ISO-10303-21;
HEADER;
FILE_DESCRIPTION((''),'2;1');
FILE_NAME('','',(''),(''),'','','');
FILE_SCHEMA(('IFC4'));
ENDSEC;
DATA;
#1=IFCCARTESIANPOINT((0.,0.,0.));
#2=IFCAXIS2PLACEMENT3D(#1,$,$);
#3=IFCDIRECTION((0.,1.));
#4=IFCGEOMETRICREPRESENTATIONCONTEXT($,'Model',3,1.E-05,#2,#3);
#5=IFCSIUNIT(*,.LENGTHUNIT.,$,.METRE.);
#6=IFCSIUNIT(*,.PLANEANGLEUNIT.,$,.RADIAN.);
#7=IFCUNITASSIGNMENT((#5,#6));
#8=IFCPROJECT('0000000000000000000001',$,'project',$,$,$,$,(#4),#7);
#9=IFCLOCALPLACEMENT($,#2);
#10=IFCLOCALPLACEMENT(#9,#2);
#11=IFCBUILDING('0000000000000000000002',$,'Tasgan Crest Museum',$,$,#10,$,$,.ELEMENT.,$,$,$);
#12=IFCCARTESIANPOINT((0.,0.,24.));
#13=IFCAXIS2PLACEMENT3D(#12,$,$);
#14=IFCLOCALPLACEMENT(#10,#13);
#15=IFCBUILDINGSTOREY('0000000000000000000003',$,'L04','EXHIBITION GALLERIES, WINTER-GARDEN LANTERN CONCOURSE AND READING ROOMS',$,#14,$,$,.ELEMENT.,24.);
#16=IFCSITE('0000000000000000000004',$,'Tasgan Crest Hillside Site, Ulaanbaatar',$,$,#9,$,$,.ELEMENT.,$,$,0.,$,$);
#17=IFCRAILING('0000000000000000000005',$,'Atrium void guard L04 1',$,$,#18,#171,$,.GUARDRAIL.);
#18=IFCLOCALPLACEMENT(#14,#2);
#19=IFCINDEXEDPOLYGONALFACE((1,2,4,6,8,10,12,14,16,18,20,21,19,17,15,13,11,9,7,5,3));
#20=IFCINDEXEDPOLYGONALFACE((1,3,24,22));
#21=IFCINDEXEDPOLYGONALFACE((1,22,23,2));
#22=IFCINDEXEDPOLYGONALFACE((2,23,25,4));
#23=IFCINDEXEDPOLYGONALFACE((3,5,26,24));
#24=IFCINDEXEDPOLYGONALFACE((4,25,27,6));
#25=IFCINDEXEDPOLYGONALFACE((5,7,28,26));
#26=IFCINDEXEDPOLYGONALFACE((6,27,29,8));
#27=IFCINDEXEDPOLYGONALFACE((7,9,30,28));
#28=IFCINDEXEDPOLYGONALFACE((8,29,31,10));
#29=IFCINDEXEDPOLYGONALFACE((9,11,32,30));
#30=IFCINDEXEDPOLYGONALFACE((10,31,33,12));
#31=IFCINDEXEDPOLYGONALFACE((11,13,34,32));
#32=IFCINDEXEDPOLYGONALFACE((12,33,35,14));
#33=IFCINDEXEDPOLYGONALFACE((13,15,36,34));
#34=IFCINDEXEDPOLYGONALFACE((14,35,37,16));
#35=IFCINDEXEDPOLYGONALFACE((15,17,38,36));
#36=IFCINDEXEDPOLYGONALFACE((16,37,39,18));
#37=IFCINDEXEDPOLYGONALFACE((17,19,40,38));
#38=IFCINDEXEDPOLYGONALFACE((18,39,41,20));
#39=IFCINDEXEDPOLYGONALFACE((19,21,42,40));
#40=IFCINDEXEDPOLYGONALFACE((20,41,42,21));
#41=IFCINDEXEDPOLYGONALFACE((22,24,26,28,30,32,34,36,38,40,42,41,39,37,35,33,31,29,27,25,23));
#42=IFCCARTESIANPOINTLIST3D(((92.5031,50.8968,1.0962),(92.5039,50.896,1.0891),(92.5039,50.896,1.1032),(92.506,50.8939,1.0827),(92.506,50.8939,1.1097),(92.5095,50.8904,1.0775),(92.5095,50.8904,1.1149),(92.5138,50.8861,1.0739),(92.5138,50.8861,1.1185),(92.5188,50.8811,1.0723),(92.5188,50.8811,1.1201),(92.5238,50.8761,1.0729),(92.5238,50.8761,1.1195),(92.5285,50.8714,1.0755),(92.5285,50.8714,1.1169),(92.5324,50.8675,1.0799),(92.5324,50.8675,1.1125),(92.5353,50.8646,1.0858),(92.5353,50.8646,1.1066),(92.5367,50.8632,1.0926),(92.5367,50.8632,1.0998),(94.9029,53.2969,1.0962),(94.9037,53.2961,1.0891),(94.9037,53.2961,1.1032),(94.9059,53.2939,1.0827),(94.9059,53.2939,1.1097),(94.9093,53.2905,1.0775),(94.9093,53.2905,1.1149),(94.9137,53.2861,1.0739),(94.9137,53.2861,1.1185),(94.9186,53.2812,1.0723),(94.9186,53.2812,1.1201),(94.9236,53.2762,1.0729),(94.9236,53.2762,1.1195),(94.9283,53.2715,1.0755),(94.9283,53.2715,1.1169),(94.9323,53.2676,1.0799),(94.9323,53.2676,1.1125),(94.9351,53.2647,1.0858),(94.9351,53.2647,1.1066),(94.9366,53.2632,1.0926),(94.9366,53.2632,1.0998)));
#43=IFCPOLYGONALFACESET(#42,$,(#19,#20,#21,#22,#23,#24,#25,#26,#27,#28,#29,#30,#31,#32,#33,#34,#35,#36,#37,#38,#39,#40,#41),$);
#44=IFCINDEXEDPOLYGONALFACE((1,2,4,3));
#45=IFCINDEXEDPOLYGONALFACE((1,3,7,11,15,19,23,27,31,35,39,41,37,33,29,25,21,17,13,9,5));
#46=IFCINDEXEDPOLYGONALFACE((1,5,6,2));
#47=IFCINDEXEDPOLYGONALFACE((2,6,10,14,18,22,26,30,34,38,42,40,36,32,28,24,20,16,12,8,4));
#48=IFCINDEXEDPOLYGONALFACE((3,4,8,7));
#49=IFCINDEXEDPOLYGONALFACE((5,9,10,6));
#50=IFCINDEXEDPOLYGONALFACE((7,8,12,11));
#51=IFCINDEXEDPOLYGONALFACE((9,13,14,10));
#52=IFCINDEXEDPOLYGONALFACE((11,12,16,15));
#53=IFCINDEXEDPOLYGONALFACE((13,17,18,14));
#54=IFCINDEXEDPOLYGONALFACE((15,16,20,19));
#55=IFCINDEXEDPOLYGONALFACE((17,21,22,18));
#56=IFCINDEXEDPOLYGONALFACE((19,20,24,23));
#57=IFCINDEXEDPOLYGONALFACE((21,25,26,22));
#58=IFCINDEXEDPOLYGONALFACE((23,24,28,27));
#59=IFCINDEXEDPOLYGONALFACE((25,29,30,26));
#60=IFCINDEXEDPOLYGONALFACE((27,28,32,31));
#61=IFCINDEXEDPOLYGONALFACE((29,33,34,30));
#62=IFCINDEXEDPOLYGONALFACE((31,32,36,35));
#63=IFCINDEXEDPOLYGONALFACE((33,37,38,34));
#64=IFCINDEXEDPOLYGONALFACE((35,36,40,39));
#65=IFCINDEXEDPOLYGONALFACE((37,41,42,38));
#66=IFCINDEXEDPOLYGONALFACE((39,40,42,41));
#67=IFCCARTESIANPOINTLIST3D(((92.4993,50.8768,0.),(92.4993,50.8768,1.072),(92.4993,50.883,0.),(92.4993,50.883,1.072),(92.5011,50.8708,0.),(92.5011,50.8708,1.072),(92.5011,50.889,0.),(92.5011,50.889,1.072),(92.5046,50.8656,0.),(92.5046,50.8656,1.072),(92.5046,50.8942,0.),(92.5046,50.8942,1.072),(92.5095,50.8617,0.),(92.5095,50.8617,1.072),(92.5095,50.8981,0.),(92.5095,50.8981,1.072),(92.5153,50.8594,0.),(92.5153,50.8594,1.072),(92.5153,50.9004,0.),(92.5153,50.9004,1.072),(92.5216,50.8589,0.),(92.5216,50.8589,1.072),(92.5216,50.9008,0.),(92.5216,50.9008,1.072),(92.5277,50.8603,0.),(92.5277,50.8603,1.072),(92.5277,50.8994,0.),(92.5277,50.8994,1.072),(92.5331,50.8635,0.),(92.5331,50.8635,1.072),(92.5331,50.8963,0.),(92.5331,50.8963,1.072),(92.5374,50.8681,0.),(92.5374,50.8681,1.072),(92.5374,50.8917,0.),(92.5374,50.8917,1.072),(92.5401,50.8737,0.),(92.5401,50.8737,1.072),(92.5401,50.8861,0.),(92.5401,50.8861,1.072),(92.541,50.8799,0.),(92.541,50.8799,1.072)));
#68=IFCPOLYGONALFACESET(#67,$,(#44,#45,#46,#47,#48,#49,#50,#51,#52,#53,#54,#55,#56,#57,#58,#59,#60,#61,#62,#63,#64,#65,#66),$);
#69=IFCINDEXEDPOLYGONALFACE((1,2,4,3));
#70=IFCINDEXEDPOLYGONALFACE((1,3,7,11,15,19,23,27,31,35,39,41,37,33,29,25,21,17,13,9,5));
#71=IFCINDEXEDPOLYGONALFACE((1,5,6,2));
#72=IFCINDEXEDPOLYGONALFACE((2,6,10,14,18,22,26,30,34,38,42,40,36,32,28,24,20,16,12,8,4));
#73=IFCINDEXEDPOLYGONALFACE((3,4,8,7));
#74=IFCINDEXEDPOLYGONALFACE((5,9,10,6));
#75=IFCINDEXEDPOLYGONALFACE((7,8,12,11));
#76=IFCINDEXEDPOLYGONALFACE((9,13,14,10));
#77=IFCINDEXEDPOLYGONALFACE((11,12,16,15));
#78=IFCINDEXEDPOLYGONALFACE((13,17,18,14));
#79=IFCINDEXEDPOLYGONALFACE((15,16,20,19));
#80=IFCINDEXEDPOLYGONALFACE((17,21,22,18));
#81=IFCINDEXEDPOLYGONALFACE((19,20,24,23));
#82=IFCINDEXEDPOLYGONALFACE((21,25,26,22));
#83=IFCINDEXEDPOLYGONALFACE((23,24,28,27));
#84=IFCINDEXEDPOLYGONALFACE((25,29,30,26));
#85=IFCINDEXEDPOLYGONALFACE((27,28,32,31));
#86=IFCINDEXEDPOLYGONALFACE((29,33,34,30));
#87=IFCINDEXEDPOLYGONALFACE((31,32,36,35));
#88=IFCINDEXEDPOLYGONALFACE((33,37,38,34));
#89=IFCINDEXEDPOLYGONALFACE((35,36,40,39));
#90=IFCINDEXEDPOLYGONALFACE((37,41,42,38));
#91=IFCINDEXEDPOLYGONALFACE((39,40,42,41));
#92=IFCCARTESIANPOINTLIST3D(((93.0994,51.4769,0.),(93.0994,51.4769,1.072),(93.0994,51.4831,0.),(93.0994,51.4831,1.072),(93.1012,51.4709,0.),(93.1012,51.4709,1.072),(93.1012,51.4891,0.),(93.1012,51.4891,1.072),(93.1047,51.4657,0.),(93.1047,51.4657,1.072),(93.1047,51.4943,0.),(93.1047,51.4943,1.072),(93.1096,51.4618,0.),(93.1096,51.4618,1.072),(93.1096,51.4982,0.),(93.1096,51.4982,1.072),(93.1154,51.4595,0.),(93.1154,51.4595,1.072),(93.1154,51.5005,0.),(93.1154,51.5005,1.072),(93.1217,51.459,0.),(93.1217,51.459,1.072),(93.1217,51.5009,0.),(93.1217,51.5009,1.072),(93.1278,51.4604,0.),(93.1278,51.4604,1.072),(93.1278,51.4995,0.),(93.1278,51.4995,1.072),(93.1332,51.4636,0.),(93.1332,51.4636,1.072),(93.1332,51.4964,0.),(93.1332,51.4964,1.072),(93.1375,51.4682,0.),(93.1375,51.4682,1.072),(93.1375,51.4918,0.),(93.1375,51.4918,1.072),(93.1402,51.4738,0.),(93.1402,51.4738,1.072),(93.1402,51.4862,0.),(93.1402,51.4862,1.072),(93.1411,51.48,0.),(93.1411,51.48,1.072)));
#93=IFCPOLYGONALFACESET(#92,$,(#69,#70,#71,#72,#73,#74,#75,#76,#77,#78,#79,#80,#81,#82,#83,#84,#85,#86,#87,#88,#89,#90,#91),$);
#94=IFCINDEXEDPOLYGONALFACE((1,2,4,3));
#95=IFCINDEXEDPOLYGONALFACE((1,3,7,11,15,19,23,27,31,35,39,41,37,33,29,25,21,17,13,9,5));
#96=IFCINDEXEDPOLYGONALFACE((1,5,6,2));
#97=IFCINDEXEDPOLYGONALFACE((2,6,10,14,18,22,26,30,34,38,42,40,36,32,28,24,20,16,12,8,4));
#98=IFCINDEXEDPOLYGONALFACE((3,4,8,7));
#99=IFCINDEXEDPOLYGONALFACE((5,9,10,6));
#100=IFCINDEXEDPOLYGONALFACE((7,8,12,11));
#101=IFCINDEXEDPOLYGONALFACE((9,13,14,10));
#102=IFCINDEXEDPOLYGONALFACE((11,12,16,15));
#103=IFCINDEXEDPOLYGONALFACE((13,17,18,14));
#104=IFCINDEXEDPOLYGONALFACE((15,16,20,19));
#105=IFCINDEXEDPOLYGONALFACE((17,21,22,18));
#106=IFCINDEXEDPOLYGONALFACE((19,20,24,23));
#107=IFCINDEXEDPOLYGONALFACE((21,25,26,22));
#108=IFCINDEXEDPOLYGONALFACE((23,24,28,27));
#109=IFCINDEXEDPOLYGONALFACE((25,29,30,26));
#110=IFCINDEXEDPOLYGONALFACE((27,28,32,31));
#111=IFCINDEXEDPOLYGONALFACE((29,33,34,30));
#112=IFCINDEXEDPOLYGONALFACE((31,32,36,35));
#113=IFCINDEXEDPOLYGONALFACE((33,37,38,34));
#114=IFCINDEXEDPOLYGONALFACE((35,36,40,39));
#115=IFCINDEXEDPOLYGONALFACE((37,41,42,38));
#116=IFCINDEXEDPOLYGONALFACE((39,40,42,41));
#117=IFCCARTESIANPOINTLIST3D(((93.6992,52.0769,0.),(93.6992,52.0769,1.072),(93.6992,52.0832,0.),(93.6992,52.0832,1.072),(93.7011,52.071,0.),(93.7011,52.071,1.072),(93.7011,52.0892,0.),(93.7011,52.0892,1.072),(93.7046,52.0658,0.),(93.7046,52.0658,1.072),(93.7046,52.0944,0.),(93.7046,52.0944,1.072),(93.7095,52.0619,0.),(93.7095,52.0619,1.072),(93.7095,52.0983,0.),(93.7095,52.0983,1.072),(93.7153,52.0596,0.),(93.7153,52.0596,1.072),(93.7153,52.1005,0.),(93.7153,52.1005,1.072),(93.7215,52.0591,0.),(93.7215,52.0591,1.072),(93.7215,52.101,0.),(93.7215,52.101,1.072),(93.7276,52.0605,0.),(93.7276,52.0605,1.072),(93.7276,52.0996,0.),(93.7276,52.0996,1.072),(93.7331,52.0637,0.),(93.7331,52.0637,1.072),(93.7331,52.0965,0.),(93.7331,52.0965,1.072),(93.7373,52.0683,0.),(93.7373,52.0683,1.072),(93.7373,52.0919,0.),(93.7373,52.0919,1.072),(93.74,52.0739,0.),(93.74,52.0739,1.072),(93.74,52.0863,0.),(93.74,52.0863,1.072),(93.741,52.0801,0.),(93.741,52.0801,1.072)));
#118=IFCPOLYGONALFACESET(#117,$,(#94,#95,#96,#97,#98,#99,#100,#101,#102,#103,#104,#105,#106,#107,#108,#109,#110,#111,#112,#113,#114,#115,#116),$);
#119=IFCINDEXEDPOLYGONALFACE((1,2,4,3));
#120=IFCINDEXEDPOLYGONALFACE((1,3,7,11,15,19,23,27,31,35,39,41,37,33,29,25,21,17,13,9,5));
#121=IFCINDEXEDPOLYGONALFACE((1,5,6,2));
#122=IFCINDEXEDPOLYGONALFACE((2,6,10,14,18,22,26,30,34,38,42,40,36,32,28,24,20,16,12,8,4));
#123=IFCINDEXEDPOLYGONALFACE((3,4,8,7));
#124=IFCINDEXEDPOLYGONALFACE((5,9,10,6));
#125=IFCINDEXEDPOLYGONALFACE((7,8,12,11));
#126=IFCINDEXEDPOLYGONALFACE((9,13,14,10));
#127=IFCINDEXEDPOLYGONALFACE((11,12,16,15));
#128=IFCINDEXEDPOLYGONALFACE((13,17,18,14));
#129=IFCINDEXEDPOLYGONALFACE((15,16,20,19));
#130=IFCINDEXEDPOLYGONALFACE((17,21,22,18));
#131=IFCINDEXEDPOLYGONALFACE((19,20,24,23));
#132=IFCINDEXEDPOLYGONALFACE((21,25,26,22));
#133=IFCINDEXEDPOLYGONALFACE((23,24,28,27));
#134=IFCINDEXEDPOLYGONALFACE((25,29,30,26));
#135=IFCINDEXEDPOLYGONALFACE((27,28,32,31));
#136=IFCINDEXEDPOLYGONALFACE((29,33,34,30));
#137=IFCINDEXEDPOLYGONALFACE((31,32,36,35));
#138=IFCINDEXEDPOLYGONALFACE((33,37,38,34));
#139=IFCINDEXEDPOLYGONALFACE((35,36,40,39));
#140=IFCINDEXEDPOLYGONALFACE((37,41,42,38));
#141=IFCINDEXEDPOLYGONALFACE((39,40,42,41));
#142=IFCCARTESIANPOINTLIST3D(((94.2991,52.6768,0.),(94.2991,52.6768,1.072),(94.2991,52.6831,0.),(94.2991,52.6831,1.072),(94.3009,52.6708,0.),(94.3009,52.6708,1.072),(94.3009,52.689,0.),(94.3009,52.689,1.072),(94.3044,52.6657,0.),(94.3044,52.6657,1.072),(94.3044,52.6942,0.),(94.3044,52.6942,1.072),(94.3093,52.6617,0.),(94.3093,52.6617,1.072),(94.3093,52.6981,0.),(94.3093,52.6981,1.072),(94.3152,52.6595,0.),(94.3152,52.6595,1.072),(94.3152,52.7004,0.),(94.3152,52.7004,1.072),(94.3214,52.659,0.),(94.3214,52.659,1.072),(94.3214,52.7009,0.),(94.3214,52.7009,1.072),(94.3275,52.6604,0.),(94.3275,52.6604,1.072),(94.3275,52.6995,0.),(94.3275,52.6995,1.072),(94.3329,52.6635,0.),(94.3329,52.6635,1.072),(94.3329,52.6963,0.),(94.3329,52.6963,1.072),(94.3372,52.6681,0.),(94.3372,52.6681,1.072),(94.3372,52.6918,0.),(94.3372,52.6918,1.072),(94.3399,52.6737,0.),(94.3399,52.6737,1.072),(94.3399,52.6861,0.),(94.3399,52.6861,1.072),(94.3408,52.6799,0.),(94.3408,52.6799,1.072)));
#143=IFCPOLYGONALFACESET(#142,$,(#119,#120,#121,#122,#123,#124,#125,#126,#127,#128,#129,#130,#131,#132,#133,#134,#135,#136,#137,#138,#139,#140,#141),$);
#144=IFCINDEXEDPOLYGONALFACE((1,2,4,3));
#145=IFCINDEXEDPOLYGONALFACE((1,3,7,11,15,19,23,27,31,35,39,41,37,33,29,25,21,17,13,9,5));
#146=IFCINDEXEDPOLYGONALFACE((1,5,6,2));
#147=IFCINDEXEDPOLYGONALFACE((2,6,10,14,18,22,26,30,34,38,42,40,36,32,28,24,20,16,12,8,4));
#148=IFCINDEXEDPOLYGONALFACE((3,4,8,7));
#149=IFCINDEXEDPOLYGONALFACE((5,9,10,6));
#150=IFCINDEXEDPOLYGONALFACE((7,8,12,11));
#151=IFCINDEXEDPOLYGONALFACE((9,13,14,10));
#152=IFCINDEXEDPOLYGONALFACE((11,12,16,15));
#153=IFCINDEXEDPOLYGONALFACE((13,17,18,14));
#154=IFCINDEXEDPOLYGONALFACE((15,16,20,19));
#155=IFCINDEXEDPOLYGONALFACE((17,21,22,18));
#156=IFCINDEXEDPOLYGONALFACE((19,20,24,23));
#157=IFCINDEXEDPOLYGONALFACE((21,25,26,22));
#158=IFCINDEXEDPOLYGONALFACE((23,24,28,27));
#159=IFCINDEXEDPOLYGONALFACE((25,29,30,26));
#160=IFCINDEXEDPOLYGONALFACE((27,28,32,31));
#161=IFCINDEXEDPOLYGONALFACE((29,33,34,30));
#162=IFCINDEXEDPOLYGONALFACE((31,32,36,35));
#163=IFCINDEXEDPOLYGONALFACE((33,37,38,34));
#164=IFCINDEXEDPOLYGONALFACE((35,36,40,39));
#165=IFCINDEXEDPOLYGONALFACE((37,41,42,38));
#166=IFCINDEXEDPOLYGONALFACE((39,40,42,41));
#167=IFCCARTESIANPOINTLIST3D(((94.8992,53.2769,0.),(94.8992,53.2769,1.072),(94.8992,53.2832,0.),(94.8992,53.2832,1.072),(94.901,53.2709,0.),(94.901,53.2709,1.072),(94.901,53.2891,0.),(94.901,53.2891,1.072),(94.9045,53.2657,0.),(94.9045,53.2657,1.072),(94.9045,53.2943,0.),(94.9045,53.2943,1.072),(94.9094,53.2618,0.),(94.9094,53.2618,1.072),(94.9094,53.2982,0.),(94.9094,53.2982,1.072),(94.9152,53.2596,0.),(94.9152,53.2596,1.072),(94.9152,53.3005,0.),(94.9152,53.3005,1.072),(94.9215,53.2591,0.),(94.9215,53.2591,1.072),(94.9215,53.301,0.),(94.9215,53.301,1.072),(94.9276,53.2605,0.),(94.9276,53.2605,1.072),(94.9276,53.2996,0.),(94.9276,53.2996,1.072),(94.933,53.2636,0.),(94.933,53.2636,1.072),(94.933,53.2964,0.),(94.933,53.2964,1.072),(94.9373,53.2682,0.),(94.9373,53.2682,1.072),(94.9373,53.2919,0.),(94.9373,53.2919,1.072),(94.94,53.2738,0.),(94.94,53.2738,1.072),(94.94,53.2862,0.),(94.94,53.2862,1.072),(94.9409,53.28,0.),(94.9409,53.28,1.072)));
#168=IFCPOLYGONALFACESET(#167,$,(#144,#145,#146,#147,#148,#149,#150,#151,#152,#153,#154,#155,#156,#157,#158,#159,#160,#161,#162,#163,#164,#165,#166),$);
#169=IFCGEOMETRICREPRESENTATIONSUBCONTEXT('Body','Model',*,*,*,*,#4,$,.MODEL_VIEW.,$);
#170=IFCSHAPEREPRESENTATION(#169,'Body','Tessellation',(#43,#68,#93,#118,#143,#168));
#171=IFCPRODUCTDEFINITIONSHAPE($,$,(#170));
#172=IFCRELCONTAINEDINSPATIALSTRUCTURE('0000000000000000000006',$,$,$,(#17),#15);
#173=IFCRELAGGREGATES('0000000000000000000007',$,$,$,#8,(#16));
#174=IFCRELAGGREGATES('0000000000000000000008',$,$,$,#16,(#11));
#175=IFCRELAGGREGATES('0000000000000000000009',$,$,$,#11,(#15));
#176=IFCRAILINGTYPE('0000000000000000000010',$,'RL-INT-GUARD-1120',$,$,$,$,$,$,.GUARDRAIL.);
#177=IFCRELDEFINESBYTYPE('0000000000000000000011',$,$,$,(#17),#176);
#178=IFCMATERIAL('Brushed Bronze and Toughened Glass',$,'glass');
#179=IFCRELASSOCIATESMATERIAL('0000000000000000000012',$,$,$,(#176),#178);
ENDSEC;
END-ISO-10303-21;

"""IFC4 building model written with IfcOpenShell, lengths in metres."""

from ifc_helpers import new_model, si_unit, direction, frame, origin, origin_2d, place, context, subcontext, project, spatial, circle, extrude, material, type_object, element, save


model = new_model("IFC4")

# Units and contexts
model_context = context("Model", 3, precision=1e-05, world=origin(), true_north=direction((0.0, 1.0)))
body_context = subcontext(model_context, "Body", "Model", "MODEL_VIEW")
ifc_project = project(units=[si_unit("LENGTHUNIT", "METRE"), si_unit("PLANEANGLEUNIT", "RADIAN")], contexts=[model_context])

# Site, building, storey
site_placement = place(None, origin())
site = spatial("IfcSite", under=ifc_project, at=site_placement, Name="Tasgan Crest Hillside Site, Ulaanbaatar", CompositionType="ELEMENT", RefElevation=0.0)
building_placement = place(site_placement, origin())
building = spatial("IfcBuilding", under=site, at=building_placement, Name="Tasgan Crest Museum", CompositionType="ELEMENT")
storey_placement = place(building_placement, frame((0.0, 0.0, 24.0)))
storey = spatial("IfcBuildingStorey", under=building, at=storey_placement, Name="L04", Description="EXHIBITION GALLERIES, WINTER-GARDEN LANTERN CONCOURSE AND READING ROOMS", CompositionType="ELEMENT", Elevation=24.0)

# Railing
ifc_material_1 = material(Name="Brushed Bronze and Toughened Glass", Category="glass")
railing_type = type_object("IfcRailingType", Name="RL-INT-GUARD-1120", PredefinedType="GUARDRAIL", material=ifc_material_1)
railing_1_placement = place(storey_placement, frame((92.52, 50.8799, 0.0)))
element("IfcRailing", 1, at=railing_1_placement, inside=storey, type_object=railing_type, Name="Atrium void guard L04 1", PredefinedType="GUARDRAIL", context=body_context, shape_type="SweptSolid", body=[
    extrude(circle(Radius=0.0239, at=origin_2d()), frame((0.0, 0.0, 1.0962), z_axis=(0.707071, 0.707143, 0.0), x_axis=(-0.707143, 0.707071, 0.0)), (0.0, 0.0, 1.0), 3.394),
    extrude(circle(Radius=0.021, at=origin_2d()), origin(), (0.0, 0.0, 1.0), 1.072),
    extrude(circle(Radius=0.021, at=origin_2d()), frame((0.6001, 0.6001, 0.0)), (0.0, 0.0, 1.0), 1.072),
    extrude(circle(Radius=0.021, at=origin_2d()), frame((1.2, 1.2002, 0.0)), (0.0, 0.0, 1.0), 1.072),
    extrude(circle(Radius=0.021, at=origin_2d()), frame((1.7998, 1.8, 0.0)), (0.0, 0.0, 1.0), 1.072),
    extrude(circle(Radius=0.021, at=origin_2d()), frame((2.3999, 2.4001, 0.0)), (0.0, 0.0, 1.0), 1.072),
])

save(model, "model.ifc")
